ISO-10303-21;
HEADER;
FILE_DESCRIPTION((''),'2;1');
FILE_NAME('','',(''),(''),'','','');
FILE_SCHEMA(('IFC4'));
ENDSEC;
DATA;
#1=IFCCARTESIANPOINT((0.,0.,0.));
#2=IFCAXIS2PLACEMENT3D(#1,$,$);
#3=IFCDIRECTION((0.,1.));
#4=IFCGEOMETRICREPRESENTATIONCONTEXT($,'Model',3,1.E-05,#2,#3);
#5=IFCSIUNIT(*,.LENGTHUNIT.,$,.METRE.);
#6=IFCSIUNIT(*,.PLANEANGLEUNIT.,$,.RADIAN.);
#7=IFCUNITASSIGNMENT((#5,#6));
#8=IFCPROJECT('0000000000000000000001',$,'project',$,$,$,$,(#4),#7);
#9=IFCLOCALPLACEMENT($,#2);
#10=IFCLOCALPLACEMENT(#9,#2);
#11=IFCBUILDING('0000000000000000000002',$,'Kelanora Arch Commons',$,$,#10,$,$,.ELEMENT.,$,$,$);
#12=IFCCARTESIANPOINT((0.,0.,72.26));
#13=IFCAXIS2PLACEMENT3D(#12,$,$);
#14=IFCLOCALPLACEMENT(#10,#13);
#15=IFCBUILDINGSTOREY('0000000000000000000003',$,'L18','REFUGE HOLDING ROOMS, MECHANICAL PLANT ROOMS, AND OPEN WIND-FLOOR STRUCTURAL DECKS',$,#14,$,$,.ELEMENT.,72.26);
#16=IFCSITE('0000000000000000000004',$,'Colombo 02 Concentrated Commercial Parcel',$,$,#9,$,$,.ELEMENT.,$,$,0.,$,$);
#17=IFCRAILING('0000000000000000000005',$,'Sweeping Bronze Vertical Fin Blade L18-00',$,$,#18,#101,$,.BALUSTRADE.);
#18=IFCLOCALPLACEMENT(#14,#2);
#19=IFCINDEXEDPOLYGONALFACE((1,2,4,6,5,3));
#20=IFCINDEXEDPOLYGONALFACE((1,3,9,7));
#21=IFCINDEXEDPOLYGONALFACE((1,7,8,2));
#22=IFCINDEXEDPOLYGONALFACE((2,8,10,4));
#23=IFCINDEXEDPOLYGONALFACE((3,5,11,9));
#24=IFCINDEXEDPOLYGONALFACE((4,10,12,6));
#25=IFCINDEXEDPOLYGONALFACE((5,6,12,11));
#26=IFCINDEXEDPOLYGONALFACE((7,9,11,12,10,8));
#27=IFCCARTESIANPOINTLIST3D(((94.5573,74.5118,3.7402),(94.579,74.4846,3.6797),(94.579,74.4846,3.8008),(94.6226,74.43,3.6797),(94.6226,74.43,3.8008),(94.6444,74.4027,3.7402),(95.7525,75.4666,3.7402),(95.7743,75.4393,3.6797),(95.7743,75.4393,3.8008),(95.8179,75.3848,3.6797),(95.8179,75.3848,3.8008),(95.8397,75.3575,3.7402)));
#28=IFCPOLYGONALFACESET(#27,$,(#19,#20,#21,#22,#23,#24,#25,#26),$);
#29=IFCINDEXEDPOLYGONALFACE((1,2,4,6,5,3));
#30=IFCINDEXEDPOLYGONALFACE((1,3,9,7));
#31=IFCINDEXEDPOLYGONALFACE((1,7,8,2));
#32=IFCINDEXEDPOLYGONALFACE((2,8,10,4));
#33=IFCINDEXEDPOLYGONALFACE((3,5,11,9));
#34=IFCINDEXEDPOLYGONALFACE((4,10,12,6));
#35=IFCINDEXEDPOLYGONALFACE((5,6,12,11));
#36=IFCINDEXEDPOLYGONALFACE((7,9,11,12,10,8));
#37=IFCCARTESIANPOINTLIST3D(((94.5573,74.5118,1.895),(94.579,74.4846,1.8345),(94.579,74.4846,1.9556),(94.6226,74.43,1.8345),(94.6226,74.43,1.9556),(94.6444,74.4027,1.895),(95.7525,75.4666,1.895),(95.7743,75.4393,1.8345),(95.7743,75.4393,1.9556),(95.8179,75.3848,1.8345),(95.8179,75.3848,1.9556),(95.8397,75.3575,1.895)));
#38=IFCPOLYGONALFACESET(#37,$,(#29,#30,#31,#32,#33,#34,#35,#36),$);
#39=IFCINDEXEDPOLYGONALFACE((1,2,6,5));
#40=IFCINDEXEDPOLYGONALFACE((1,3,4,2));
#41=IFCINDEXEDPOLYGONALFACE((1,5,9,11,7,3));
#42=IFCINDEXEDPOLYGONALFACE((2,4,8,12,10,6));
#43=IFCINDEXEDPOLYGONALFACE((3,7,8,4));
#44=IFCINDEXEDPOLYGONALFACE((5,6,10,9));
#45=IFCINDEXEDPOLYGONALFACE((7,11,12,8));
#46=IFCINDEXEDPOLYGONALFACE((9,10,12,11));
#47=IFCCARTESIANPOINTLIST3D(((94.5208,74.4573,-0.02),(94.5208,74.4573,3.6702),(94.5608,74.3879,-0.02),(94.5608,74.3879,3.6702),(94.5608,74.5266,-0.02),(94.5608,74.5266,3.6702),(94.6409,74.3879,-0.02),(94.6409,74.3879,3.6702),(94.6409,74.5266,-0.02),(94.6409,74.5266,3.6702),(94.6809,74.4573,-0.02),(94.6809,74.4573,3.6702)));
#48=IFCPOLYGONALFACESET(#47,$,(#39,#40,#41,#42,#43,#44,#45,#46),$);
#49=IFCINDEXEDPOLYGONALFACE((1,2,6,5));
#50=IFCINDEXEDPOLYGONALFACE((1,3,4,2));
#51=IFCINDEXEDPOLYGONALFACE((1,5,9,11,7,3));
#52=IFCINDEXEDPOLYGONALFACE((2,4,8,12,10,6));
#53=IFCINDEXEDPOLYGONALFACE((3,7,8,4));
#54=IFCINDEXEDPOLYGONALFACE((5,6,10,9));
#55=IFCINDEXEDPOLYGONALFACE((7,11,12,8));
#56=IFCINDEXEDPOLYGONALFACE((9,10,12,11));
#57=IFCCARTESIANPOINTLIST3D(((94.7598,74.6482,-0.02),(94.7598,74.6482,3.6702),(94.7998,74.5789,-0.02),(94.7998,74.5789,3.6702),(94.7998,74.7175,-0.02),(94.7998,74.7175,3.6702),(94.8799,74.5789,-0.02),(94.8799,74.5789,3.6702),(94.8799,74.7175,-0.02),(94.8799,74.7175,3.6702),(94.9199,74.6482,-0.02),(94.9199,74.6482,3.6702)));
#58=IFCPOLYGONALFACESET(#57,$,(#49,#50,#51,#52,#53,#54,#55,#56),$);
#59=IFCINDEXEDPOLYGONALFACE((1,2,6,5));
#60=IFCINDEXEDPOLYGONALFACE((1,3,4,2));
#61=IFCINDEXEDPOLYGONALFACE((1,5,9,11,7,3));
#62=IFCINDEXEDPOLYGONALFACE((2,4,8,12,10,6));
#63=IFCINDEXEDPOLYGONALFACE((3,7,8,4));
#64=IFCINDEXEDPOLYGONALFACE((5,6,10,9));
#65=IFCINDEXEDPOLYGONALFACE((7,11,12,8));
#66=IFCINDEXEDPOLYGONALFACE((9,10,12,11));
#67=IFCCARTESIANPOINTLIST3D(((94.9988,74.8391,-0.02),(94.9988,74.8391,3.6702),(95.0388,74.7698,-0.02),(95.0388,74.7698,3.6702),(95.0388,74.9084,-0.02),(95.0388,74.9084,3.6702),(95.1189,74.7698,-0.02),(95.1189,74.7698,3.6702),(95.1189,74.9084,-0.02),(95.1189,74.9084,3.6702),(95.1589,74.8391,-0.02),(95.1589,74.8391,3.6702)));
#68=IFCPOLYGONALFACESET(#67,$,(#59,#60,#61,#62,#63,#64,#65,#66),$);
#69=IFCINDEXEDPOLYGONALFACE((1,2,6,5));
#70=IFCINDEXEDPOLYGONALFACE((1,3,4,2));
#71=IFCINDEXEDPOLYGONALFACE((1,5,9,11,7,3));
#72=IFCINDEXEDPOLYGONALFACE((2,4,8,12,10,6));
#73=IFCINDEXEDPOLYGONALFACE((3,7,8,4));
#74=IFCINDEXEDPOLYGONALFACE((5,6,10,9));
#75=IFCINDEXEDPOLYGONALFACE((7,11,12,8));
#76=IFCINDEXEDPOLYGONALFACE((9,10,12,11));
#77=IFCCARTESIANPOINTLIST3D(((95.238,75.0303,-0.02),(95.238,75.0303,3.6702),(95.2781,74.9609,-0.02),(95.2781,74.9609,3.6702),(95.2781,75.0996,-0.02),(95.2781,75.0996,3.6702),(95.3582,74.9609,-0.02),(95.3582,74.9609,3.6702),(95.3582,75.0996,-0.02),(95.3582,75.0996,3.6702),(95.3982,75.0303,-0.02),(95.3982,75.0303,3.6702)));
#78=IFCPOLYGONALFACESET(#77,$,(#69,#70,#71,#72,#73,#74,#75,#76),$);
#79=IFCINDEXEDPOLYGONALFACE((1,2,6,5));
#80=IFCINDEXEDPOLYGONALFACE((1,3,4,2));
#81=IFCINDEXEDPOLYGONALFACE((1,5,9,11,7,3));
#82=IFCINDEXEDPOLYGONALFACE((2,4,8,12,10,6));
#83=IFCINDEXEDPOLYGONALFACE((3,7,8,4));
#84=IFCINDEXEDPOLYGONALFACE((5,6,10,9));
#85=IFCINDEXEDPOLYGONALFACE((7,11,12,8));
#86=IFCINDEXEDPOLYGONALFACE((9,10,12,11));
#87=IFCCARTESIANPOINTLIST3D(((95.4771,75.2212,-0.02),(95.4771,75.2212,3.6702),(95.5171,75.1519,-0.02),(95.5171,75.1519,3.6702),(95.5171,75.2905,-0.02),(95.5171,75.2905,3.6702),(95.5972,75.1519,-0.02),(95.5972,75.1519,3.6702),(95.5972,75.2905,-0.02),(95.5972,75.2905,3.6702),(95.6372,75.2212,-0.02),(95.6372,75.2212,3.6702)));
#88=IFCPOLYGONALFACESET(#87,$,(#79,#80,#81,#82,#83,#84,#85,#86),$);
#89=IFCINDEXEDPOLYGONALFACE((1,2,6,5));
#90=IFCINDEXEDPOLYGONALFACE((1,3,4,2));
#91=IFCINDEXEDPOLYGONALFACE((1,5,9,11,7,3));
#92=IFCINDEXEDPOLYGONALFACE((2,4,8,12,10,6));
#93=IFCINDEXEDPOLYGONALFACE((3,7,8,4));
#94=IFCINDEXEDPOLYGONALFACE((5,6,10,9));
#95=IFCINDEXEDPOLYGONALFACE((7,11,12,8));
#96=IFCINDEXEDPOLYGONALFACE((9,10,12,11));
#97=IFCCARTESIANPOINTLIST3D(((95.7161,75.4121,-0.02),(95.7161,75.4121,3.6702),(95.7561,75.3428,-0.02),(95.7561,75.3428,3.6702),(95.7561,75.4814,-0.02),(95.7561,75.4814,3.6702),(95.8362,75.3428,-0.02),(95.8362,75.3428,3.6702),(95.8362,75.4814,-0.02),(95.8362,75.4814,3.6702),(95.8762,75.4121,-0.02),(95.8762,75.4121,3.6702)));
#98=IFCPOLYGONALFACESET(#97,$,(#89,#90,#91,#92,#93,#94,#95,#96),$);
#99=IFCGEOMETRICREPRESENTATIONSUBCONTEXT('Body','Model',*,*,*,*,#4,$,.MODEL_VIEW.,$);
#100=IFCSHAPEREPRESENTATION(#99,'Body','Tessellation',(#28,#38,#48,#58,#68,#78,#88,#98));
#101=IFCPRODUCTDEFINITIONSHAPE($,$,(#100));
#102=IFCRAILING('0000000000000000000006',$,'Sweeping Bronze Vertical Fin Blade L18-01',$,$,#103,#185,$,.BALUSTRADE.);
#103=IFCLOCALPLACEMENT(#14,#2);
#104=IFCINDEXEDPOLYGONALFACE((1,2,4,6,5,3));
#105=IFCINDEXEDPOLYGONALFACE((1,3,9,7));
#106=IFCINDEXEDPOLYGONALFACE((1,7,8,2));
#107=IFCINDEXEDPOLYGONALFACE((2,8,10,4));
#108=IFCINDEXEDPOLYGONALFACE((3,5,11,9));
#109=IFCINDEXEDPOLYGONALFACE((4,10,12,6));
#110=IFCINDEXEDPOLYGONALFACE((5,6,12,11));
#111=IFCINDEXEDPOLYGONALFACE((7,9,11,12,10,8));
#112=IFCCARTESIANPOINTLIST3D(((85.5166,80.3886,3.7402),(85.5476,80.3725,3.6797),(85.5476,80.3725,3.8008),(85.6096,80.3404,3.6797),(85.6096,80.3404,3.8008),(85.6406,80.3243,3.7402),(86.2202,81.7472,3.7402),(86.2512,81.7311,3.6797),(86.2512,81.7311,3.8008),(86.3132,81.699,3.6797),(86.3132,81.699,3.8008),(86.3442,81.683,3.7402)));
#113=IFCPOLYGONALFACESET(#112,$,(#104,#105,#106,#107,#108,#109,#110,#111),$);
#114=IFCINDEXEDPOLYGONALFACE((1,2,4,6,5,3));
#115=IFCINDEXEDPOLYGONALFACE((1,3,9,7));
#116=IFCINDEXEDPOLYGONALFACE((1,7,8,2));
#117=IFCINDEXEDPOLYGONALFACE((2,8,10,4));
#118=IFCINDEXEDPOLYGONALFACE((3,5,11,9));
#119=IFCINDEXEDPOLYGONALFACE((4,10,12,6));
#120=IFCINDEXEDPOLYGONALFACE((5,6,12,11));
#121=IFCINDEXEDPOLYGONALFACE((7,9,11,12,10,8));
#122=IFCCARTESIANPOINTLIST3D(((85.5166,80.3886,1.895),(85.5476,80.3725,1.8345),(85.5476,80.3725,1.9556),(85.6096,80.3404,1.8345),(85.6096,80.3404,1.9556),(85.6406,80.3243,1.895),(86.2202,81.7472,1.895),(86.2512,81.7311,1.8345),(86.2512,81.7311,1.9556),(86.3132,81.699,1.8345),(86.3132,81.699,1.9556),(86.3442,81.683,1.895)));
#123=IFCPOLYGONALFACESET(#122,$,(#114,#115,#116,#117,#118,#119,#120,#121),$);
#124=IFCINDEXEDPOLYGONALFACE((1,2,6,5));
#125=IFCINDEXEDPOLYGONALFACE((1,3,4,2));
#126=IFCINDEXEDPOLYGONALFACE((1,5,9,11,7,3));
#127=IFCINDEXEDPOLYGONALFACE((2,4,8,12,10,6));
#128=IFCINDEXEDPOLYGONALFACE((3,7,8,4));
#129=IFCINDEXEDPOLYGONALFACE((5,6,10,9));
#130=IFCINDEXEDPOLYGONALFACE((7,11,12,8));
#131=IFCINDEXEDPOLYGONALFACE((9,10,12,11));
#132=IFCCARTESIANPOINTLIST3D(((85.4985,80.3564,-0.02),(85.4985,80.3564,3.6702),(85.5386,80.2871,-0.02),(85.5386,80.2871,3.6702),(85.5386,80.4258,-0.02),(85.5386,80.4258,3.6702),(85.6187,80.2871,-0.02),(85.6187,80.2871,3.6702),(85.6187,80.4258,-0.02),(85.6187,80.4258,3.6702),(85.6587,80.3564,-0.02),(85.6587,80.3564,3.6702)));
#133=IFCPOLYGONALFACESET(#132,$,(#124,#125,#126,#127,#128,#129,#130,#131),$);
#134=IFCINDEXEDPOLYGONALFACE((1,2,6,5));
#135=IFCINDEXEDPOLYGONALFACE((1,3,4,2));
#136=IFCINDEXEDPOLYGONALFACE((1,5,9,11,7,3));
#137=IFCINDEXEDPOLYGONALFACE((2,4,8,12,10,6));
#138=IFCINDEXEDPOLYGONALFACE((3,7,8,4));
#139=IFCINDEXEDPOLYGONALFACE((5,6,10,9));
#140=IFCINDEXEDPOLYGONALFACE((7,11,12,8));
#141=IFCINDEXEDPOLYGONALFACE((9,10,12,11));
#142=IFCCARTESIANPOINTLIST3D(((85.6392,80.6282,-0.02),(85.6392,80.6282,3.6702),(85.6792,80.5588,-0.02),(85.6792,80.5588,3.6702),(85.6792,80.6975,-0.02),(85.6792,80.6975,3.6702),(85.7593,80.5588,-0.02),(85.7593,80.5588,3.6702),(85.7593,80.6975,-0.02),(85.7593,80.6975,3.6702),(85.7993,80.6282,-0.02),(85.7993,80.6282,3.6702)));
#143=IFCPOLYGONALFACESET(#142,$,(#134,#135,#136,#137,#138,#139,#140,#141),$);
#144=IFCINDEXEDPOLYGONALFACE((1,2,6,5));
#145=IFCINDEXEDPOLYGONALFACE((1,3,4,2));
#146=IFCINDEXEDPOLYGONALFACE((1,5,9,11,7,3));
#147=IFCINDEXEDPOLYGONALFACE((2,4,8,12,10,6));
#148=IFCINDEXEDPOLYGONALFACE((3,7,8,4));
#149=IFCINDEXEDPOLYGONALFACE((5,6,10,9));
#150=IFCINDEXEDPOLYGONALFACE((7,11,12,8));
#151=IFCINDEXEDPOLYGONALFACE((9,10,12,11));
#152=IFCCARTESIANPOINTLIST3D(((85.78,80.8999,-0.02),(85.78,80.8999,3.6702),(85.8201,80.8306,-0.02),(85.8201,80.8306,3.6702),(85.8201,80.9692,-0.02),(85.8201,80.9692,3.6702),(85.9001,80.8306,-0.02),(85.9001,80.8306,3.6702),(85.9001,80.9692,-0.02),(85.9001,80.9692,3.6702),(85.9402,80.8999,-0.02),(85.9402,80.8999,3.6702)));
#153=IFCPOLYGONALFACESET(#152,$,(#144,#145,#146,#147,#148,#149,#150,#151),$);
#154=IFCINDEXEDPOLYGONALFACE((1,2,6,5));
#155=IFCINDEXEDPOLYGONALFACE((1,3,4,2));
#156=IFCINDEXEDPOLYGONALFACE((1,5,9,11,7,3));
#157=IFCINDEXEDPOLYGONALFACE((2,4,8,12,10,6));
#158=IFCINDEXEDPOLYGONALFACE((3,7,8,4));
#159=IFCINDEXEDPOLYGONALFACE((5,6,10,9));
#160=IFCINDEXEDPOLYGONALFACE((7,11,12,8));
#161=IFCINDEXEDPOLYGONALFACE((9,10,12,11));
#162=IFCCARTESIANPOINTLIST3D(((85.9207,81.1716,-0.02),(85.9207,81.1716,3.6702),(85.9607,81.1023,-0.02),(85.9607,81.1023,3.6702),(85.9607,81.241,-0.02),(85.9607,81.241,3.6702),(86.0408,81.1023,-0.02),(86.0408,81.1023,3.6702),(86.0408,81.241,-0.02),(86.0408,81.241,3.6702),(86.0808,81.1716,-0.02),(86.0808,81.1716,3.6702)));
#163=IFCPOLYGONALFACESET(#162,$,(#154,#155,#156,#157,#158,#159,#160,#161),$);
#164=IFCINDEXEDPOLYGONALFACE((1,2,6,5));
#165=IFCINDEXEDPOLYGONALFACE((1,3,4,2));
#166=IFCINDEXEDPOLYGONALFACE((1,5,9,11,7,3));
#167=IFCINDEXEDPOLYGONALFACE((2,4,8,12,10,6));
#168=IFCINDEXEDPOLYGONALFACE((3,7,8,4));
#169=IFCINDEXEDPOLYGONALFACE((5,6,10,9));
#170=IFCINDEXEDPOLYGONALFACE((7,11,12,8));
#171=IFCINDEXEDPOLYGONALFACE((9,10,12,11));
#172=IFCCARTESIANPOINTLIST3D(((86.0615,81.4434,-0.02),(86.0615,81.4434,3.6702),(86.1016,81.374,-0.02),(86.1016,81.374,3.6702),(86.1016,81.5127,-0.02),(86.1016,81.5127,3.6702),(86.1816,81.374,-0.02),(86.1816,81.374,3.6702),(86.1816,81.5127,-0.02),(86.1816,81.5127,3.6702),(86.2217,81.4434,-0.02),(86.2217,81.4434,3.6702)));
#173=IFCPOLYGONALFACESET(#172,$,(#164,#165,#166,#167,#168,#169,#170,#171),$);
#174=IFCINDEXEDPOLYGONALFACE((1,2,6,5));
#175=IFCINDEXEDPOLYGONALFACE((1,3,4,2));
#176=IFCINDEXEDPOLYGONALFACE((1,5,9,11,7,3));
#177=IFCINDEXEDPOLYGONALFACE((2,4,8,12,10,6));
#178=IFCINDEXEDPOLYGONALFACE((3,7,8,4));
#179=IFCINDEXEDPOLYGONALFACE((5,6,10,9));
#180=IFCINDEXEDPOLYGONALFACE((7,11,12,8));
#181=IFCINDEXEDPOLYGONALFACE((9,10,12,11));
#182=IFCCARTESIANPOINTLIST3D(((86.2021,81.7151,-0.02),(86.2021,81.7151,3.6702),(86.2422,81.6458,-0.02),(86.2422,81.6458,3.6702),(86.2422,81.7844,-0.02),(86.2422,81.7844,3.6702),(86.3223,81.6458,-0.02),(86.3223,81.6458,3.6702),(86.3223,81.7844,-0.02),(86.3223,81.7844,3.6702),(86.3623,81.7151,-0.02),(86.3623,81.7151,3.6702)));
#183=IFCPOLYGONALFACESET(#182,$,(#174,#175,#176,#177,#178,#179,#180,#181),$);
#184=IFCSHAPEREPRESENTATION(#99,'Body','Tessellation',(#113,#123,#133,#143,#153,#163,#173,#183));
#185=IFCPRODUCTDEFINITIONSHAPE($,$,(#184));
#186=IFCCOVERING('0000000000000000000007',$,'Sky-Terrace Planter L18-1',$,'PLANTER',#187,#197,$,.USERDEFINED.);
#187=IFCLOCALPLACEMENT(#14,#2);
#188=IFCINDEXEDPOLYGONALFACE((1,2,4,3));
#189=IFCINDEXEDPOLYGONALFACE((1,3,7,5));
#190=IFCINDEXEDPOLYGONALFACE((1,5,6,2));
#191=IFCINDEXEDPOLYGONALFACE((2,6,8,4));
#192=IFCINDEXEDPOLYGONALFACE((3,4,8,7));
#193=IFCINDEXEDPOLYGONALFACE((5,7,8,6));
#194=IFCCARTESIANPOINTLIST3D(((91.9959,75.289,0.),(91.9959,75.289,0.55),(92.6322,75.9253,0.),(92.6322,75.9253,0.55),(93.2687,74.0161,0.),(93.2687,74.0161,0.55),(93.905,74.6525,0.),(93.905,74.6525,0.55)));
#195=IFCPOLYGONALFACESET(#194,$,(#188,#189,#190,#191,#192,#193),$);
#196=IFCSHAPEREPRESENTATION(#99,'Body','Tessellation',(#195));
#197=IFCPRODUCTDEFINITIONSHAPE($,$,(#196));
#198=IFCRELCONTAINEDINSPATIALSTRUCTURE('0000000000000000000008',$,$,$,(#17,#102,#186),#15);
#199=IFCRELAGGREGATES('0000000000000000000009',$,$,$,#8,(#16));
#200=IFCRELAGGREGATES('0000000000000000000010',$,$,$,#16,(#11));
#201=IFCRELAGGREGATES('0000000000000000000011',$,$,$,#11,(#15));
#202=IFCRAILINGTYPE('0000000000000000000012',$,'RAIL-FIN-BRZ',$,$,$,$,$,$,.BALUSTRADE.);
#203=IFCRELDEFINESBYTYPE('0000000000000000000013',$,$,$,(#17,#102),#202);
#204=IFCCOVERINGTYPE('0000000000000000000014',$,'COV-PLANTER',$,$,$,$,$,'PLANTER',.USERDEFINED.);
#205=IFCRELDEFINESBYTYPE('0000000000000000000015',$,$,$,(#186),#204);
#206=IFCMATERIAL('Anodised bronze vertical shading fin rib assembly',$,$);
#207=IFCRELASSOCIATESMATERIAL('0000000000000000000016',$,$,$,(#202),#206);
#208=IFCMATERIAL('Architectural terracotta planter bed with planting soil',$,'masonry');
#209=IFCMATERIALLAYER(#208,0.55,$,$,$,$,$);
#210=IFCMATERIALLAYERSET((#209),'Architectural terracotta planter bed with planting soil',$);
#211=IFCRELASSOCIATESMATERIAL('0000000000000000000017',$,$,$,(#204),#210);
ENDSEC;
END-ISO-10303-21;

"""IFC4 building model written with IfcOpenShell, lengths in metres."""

from ifc_helpers import new_model, si_unit, direction, frame, origin, origin_2d, place, context, subcontext, project, spatial, polyline, rectangle, outline, extrude, source, transform, mapped, material, layer, layer_set, type_object, element, save


model = new_model("IFC4")

# Units and contexts
model_context = context("Model", 3, precision=1e-05, world=origin(), true_north=direction((0.0, 1.0)))
body_context = subcontext(model_context, "Body", "Model", "MODEL_VIEW")
ifc_project = project(units=[si_unit("LENGTHUNIT", "METRE"), si_unit("PLANEANGLEUNIT", "RADIAN")], contexts=[model_context])

# Site, building, storey
site_placement = place(None, origin())
site = spatial("IfcSite", under=ifc_project, at=site_placement, Name="Colombo 02 Concentrated Commercial Parcel", CompositionType="ELEMENT", RefElevation=0.0)
building_placement = place(site_placement, origin())
building = spatial("IfcBuilding", under=site, at=building_placement, Name="Kelanora Arch Commons", CompositionType="ELEMENT")
storey_placement = place(building_placement, frame((0.0, 0.0, 72.26)))
storey = spatial("IfcBuildingStorey", under=building, at=storey_placement, Name="L18", Description="REFUGE HOLDING ROOMS, MECHANICAL PLANT ROOMS, AND OPEN WIND-FLOOR STRUCTURAL DECKS", CompositionType="ELEMENT", Elevation=72.26)

# Railings
ifc_material_1 = material(Name="Anodised bronze vertical shading fin rib assembly")
railing_type = type_object("IfcRailingType", Name="RAIL-FIN-BRZ", PredefinedType="BALUSTRADE", material=ifc_material_1)
railing_1_placement = place(storey_placement, frame((94.6008, 74.4573, -0.02)))
element("IfcRailing", 1, at=railing_1_placement, inside=storey, type_object=railing_type, Name="Sweeping Bronze Vertical Fin Blade L18-00", PredefinedType="BALUSTRADE", context=body_context, shape_type="SweptSolid", body=[
    extrude(outline(polyline([(0.0698, 0.0), (0.0349, 0.0605), (-0.0349, 0.0605), (-0.0698, 0.0), (-0.0349, -0.0605), (0.0349, -0.0605), (0.0698, 0.0)])), frame((0.0, 0.0, 3.7603), z_axis=(0.78132, 0.624131, 0.0), x_axis=(-0.624131, 0.78132, 0.0)), (0.0, 0.0, 1.0), 1.5298),
    extrude(outline(polyline([(0.0698, 0.0), (0.0349, 0.0605), (-0.0349, 0.0605), (-0.0698, 0.0), (-0.0349, -0.0605), (0.0349, -0.0605), (0.0698, 0.0)])), frame((0.0, 0.0, 1.915), z_axis=(0.78132, 0.624131, 0.0), x_axis=(-0.624131, 0.78132, 0.0)), (0.0, 0.0, 1.0), 1.5298),
    extrude(outline(polyline([(0.0801, 0.0), (0.04, 0.0693), (-0.04, 0.0693), (-0.0801, 0.0), (-0.04, -0.0693), (0.04, -0.0693), (0.0801, 0.0)])), origin(), (0.0, 0.0, 1.0), 3.6902),
    extrude(outline(polyline([(0.0801, 0.0), (0.04, 0.0693), (-0.04, 0.0693), (-0.0801, 0.0), (-0.04, -0.0693), (0.04, -0.0693), (0.0801, 0.0)])), frame((0.239, 0.1909, 0.0)), (0.0, 0.0, 1.0), 3.6902),
    extrude(outline(polyline([(0.0801, 0.0), (0.04, 0.0693), (-0.04, 0.0693), (-0.0801, 0.0), (-0.04, -0.0693), (0.04, -0.0693), (0.0801, 0.0)])), frame((0.478, 0.3818, 0.0)), (0.0, 0.0, 1.0), 3.6902),
    extrude(outline(polyline([(0.0801, 0.0), (0.04, 0.0693), (-0.04, 0.0693), (-0.0801, 0.0), (-0.04, -0.0693), (0.04, -0.0693), (0.0801, 0.0)])), frame((0.7173, 0.573, 0.0)), (0.0, 0.0, 1.0), 3.6902),
    extrude(outline(polyline([(0.0801, 0.0), (0.04, 0.0693), (-0.04, 0.0693), (-0.0801, 0.0), (-0.04, -0.0693), (0.04, -0.0693), (0.0801, 0.0)])), frame((0.9563, 0.7639, 0.0)), (0.0, 0.0, 1.0), 3.6902),
    extrude(outline(polyline([(0.0801, 0.0), (0.04, 0.0693), (-0.04, 0.0693), (-0.0801, 0.0), (-0.04, -0.0693), (0.04, -0.0693), (0.0801, 0.0)])), frame((1.1953, 0.9548, 0.0)), (0.0, 0.0, 1.0), 3.6902),
])
railing_2_placement = place(storey_placement, frame((85.5786, 80.3564, -0.02)))
element("IfcRailing", 2, at=railing_2_placement, inside=storey, type_object=railing_type, Name="Sweeping Bronze Vertical Fin Blade L18-01", PredefinedType="BALUSTRADE", context=body_context, shape_type="SweptSolid", body=[
    extrude(outline(polyline([(0.0698, 0.0), (0.0349, 0.0605), (-0.0349, 0.0605), (-0.0698, 0.0), (-0.0349, -0.0605), (0.0349, -0.0605), (0.0698, 0.0)])), frame((0.0, 0.0, 3.7603), z_axis=(0.45987, 0.887986, 0.0), x_axis=(-0.887986, 0.45987, 0.0)), (0.0, 0.0, 1.0), 1.53),
    extrude(outline(polyline([(0.0698, 0.0), (0.0349, 0.0605), (-0.0349, 0.0605), (-0.0698, 0.0), (-0.0349, -0.0605), (0.0349, -0.0605), (0.0698, 0.0)])), frame((0.0, 0.0, 1.915), z_axis=(0.45987, 0.887986, 0.0), x_axis=(-0.887986, 0.45987, 0.0)), (0.0, 0.0, 1.0), 1.53),
    extrude(outline(polyline([(0.0801, 0.0), (0.04, 0.0693), (-0.04, 0.0693), (-0.0801, 0.0), (-0.04, -0.0693), (0.04, -0.0693), (0.0801, 0.0)])), origin(), (0.0, 0.0, 1.0), 3.6902),
    extrude(outline(polyline([(0.0801, 0.0), (0.04, 0.0693), (-0.04, 0.0693), (-0.0801, 0.0), (-0.04, -0.0693), (0.04, -0.0693), (0.0801, 0.0)])), frame((0.1406, 0.2717, 0.0)), (0.0, 0.0, 1.0), 3.6902),
    extrude(outline(polyline([(0.0801, 0.0), (0.04, 0.0693), (-0.04, 0.0693), (-0.0801, 0.0), (-0.04, -0.0693), (0.04, -0.0693), (0.0801, 0.0)])), frame((0.2815, 0.5435, 0.0)), (0.0, 0.0, 1.0), 3.6902),
    extrude(outline(polyline([(0.0801, 0.0), (0.04, 0.0693), (-0.04, 0.0693), (-0.0801, 0.0), (-0.04, -0.0693), (0.04, -0.0693), (0.0801, 0.0)])), frame((0.4221, 0.8152, 0.0)), (0.0, 0.0, 1.0), 3.6902),
    extrude(outline(polyline([(0.0801, 0.0), (0.04, 0.0693), (-0.04, 0.0693), (-0.0801, 0.0), (-0.04, -0.0693), (0.04, -0.0693), (0.0801, 0.0)])), frame((0.563, 1.0869, 0.0)), (0.0, 0.0, 1.0), 3.6902),
    extrude(outline(polyline([(0.0801, 0.0), (0.04, 0.0693), (-0.04, 0.0693), (-0.0801, 0.0), (-0.04, -0.0693), (0.04, -0.0693), (0.0801, 0.0)])), frame((0.7036, 1.3586, 0.0)), (0.0, 0.0, 1.0), 3.6902),
])

# Covering
ifc_material_2 = material(Name="Architectural terracotta planter bed with planting soil", Category="masonry")
ifc_layer_1 = layer(ifc_material_2, 0.55)
ifc_layer_set_1 = layer_set([ifc_layer_1], Name="Architectural terracotta planter bed with planting soil")
covering_type = type_object("IfcCoveringType", Name="COV-PLANTER", ElementType="PLANTER", PredefinedType="USERDEFINED", material=ifc_layer_set_1)
shared_shape_1 = source(origin(), body_context, "Body", "SweptSolid", [
    extrude(rectangle(XDim=1.8, YDim=0.8999, at=origin_2d()), origin(), (0.0, 0.0, 1.0), 0.55),
])
covering_placement = place(storey_placement, frame((92.9504, 74.9707, 0.0), z_axis=(0.0, 0.0, 1.0), x_axis=(-0.707107, 0.707107, 0.0)))
element("IfcCovering", 3, at=covering_placement, inside=storey, type_object=covering_type, Name="Sky-Terrace Planter L18-1", ObjectType="PLANTER", PredefinedType="USERDEFINED", context=body_context, shape_type="MappedRepresentation", body=[
    mapped(shared_shape_1, transform((0.0, 0.0, 0.0), scale=1.0)),
])

save(model, "model.ifc")
